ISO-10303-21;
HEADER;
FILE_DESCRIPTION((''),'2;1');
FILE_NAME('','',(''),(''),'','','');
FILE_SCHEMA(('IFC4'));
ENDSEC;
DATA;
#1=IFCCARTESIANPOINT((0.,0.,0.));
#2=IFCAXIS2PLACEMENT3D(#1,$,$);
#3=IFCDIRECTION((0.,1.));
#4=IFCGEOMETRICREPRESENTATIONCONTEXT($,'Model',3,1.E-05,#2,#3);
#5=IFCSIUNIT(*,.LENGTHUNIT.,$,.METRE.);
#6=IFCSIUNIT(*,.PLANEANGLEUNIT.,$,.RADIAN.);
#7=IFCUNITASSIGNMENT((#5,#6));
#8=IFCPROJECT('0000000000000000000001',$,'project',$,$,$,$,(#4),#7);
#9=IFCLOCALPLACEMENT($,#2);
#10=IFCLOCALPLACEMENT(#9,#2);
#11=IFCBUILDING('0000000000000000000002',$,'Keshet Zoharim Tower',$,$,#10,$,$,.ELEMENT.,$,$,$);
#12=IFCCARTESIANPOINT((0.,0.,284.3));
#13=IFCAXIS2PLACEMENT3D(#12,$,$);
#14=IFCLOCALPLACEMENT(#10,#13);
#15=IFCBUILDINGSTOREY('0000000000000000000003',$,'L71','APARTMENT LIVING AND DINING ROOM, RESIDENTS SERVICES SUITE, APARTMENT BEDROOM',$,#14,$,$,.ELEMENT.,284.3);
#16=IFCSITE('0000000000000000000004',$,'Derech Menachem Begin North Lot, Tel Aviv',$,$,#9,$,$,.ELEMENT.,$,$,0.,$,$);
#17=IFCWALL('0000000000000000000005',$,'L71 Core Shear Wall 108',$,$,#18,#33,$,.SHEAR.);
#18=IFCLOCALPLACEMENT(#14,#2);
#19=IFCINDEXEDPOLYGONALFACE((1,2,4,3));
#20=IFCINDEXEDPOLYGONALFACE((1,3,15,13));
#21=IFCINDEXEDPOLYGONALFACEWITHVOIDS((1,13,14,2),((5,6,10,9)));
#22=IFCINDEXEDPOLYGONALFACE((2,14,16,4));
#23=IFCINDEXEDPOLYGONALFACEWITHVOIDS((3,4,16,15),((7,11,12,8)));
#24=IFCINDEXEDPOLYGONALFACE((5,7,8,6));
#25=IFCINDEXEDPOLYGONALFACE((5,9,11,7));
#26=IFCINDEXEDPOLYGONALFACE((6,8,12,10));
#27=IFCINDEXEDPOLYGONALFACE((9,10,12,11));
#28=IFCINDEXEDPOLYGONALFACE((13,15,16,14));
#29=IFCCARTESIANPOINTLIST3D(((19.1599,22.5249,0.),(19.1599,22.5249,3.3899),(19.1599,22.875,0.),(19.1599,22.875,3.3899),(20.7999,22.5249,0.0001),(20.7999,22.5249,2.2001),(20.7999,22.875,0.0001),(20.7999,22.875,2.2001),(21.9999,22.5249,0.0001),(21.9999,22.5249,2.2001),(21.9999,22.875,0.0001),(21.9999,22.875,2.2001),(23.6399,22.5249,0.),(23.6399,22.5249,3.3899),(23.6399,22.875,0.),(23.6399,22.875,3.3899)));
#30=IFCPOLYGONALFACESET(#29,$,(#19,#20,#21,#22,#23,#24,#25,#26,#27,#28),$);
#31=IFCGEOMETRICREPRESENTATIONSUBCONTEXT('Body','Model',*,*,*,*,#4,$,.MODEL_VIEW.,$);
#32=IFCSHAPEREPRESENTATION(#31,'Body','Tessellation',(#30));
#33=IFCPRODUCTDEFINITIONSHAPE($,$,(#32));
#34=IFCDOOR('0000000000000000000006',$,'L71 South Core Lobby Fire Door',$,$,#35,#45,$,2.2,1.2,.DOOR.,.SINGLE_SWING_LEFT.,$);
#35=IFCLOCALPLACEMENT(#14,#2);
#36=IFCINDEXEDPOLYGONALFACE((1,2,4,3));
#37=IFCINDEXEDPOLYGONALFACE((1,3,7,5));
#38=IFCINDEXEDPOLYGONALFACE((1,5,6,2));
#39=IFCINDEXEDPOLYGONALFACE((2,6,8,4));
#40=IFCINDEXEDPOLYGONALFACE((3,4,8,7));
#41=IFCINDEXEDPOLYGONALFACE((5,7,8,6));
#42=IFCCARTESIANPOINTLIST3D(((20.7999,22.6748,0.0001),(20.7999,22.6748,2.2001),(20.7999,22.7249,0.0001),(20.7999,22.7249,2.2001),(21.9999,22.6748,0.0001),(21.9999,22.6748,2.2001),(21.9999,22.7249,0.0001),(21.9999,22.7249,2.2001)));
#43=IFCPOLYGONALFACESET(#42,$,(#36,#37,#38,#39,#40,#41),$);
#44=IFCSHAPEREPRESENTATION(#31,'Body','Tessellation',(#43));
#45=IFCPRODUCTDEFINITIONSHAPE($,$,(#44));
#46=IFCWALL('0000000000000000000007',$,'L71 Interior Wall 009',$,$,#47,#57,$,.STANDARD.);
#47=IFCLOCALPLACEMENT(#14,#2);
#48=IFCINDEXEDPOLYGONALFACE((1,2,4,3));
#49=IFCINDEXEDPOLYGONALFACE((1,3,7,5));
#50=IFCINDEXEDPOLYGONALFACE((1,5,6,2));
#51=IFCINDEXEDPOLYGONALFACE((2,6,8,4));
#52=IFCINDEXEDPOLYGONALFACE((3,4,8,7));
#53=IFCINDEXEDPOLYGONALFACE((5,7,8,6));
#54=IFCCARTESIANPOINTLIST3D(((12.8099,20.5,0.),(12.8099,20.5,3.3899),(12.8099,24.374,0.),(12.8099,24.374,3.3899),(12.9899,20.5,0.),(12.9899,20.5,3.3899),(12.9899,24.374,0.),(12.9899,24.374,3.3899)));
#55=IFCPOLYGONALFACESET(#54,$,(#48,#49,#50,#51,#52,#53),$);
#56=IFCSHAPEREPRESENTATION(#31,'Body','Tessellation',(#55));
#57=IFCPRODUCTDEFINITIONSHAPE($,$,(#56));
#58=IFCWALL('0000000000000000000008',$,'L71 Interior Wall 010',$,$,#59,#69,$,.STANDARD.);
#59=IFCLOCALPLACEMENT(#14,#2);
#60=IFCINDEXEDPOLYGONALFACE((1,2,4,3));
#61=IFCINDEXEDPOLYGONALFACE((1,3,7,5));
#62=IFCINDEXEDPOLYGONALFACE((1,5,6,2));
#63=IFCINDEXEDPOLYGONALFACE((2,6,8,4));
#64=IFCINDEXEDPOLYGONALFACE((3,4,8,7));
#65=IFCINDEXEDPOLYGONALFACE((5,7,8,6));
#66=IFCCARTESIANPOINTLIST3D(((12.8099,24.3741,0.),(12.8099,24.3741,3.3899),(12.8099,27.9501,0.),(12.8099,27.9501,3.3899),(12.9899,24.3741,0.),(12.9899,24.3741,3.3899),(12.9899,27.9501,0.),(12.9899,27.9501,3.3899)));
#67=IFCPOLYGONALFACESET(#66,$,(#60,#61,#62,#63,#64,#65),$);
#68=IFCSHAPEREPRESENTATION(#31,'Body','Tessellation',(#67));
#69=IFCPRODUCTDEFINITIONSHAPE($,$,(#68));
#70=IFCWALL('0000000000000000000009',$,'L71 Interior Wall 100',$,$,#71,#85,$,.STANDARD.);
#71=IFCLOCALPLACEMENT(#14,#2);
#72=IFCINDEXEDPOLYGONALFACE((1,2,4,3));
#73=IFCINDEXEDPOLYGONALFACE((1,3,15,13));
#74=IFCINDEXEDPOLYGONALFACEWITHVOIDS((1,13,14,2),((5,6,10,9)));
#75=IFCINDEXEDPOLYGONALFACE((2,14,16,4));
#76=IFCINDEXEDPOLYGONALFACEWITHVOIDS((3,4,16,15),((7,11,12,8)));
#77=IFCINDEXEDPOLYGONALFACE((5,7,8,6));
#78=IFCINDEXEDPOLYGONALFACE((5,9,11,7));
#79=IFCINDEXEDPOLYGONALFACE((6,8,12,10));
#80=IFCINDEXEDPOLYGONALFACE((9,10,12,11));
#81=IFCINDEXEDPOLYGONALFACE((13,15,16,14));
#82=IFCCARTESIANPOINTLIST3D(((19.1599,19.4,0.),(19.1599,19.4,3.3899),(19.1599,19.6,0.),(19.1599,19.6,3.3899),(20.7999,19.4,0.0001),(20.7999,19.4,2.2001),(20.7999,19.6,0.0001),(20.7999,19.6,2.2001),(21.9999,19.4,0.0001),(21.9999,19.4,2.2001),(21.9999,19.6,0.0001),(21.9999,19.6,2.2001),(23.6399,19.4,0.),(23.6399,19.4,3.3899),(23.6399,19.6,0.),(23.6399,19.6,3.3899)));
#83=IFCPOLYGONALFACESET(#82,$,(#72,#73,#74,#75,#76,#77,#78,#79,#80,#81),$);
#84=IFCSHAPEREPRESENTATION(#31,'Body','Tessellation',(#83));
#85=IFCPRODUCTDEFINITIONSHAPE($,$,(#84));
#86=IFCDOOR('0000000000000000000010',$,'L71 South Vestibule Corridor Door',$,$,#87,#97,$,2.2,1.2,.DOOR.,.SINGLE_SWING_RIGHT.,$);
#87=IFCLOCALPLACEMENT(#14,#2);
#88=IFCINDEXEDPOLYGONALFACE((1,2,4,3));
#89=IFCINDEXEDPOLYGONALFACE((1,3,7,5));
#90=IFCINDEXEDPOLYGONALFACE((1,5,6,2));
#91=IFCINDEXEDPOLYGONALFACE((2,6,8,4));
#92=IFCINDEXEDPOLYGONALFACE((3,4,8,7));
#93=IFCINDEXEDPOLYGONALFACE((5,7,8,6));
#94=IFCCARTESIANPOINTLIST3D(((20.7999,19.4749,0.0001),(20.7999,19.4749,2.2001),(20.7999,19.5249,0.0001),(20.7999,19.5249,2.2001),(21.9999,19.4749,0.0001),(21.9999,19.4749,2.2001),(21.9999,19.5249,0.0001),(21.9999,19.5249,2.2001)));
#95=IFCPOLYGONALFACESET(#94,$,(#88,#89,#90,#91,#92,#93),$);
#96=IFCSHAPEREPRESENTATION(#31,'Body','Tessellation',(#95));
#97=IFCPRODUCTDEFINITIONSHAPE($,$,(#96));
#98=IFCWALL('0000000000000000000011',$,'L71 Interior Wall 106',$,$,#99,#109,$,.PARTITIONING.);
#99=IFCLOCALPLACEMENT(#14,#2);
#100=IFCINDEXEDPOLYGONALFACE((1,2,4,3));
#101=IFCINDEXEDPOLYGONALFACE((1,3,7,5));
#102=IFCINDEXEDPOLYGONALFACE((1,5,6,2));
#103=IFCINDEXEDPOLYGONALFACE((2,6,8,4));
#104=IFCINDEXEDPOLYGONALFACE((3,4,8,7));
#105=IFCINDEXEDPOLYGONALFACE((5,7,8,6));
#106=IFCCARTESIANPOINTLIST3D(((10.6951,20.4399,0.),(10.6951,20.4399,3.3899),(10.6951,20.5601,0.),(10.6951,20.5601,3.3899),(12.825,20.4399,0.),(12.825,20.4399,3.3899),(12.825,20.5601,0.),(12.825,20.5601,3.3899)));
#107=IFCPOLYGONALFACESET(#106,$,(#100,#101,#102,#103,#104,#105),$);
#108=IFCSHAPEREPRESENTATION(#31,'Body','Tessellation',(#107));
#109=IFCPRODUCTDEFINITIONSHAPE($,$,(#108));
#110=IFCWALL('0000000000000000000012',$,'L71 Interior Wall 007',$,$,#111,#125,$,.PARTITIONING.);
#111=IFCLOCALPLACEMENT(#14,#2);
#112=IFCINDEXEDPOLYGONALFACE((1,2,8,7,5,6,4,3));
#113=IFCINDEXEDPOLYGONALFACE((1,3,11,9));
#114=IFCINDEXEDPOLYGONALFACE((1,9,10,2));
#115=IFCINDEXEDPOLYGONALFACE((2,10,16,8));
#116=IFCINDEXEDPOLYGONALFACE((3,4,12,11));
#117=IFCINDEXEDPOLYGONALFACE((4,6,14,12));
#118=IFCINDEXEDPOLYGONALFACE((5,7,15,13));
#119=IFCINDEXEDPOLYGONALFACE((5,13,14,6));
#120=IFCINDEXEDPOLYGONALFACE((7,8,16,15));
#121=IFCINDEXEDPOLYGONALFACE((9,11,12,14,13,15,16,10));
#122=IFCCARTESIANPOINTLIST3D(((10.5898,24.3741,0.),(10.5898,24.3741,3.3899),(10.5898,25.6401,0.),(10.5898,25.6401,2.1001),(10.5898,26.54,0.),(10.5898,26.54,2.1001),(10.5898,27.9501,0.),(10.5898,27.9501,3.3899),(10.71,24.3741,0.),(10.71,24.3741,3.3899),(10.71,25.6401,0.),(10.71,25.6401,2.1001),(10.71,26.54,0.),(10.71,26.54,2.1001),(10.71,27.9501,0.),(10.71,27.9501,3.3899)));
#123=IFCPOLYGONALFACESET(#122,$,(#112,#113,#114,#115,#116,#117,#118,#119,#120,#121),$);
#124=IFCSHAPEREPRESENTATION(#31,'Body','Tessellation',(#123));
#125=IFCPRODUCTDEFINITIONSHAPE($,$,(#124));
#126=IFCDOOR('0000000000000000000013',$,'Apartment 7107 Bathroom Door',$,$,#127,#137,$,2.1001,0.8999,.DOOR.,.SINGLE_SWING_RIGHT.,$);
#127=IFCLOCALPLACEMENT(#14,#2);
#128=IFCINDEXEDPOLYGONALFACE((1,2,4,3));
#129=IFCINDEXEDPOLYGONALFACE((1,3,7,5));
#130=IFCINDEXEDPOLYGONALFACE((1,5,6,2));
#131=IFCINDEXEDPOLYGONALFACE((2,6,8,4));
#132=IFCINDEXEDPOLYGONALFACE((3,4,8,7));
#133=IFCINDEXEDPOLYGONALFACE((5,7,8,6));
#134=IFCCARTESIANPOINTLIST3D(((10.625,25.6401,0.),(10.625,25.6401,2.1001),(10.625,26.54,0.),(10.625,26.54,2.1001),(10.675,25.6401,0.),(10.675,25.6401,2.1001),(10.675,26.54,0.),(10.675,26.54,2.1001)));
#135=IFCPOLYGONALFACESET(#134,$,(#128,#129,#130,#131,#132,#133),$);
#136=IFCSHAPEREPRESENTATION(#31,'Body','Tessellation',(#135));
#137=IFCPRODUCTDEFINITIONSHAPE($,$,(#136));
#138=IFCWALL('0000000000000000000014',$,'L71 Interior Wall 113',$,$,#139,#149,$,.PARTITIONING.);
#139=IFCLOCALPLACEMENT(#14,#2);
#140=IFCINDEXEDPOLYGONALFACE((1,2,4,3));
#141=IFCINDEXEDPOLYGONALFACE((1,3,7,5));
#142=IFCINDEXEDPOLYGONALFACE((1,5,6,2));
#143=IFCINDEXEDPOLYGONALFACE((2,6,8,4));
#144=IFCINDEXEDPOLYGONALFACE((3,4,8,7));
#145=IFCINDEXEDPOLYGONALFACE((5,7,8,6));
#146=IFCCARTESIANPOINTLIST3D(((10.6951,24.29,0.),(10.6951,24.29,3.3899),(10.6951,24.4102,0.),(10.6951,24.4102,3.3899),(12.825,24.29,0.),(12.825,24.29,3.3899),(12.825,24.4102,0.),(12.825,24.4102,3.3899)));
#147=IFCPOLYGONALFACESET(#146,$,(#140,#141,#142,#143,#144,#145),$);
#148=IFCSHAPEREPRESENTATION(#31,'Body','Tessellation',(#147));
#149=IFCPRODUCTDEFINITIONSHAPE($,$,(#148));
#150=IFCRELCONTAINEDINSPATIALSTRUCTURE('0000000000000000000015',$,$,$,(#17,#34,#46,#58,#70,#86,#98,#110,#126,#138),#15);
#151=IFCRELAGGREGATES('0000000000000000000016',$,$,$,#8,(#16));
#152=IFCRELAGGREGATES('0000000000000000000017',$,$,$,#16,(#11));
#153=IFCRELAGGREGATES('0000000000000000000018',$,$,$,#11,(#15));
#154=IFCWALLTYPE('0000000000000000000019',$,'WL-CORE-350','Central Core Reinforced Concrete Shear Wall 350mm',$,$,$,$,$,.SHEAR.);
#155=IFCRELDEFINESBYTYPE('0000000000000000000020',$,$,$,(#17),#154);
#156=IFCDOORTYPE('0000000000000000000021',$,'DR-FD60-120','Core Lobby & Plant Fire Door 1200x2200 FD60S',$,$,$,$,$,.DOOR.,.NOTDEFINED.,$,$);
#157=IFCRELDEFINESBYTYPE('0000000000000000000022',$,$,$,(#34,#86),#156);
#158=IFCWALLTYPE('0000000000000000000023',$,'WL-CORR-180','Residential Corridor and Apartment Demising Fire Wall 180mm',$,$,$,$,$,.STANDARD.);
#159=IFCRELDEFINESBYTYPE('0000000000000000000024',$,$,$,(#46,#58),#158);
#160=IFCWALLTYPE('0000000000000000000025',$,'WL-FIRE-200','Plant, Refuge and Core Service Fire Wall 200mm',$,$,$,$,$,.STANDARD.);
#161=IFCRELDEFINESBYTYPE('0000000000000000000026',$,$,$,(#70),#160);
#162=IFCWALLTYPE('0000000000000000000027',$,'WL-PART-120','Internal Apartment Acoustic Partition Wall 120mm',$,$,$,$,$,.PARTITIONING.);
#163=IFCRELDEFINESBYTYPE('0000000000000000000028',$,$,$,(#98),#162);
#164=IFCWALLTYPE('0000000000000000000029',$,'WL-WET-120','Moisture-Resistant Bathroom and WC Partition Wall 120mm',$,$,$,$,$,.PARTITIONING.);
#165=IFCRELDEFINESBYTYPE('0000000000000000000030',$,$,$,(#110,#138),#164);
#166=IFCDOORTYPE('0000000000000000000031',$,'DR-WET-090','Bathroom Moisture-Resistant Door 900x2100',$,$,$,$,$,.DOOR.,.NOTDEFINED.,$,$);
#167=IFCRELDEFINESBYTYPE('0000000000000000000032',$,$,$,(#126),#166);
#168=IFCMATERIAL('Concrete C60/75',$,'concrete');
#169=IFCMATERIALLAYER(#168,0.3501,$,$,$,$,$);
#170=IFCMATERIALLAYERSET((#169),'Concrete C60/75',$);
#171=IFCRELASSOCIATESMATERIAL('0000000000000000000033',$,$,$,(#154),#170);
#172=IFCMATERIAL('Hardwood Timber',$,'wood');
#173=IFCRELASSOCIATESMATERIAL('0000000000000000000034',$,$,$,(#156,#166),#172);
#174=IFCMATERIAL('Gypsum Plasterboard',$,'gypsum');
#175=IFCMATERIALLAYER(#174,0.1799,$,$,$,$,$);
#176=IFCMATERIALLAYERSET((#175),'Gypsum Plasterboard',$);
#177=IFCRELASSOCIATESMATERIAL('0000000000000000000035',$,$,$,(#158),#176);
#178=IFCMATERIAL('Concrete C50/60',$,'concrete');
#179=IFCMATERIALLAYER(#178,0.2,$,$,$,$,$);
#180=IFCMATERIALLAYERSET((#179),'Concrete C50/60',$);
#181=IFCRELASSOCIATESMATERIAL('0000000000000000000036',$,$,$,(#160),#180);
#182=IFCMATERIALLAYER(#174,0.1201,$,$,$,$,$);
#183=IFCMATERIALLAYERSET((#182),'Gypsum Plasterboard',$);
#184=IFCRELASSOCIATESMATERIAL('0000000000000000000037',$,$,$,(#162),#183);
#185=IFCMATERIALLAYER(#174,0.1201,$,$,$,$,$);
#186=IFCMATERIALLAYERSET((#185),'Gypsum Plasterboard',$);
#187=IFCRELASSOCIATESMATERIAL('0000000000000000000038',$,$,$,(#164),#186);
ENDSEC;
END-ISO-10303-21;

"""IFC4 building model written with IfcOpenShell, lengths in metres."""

from ifc_helpers import new_model, si_unit, direction, frame, frame_2d, origin, place, context, subcontext, project, spatial, rectangle, extrude, material, layer, layer_set, type_object, element, fill, save


model = new_model("IFC4")

# Units and contexts
model_context = context("Model", 3, precision=1e-05, world=origin(), true_north=direction((0.0, 1.0)))
body_context = subcontext(model_context, "Body", "Model", "MODEL_VIEW")
ifc_project = project(units=[si_unit("LENGTHUNIT", "METRE"), si_unit("PLANEANGLEUNIT", "RADIAN")], contexts=[model_context])

# Site, building, storey
site_placement = place(None, origin())
site = spatial("IfcSite", under=ifc_project, at=site_placement, Name="Derech Menachem Begin North Lot, Tel Aviv", CompositionType="ELEMENT", RefElevation=0.0)
building_placement = place(site_placement, origin())
building = spatial("IfcBuilding", under=site, at=building_placement, Name="Keshet Zoharim Tower", CompositionType="ELEMENT")
storey_placement = place(building_placement, frame((0.0, 0.0, 284.3)))
storey = spatial("IfcBuildingStorey", under=building, at=storey_placement, Name="L71", Description="APARTMENT LIVING AND DINING ROOM, RESIDENTS SERVICES SUITE, APARTMENT BEDROOM", CompositionType="ELEMENT", Elevation=284.3)

# Shared definitions
ifc_material_1 = material(Name="Concrete C50/60", Category="concrete")

# Shared definitions
ifc_material_2 = material(Name="Concrete C60/75", Category="concrete")
ifc_layer_1 = layer(ifc_material_2, 0.3501)
ifc_layer_set_1 = layer_set([ifc_layer_1], Name="Concrete C60/75")
wall_type_1 = type_object("IfcWallType", Name="WL-CORE-350", Description="Central Core Reinforced Concrete Shear Wall 350mm", PredefinedType="SHEAR", material=ifc_layer_set_1)

# Shared definitions
ifc_material_3 = material(Name="Hardwood Timber", Category="wood")

# Wall, opening, door
wall_1_placement = place(storey_placement, frame((19.1599, 22.7, 0.0), z_axis=(0.0, 0.0, 1.0), x_axis=(1.0, 0.0, 0.0)))
wall_1 = element("IfcWall", 1, at=wall_1_placement, inside=storey, type_object=wall_type_1, Name="L71 Core Shear Wall 108", PredefinedType="SHEAR", context=body_context, shape_type="SweptSolid", body=[
    extrude(rectangle(XDim=4.48, YDim=0.3501, at=frame_2d((2.24, 0.0))), origin(), (0.0, 0.0, 1.0), 3.3899),
])
opening_1_placement = place(wall_1_placement, frame((1.6399, 0.0, 0.0)))
opening_1 = element("IfcOpeningElement", 2, at=opening_1_placement, cuts=wall_1, PredefinedType="OPENING", context=body_context, shape_type="SweptSolid", body=[
    extrude(rectangle(XDim=1.2, YDim=2.2, at=frame_2d((0.6001, 1.1001))), frame((0.0, 0.1851, 0.0), z_axis=(0.0, -1.0, 0.0), x_axis=(1.0, 0.0, 0.0)), (0.0, 0.0, 1.0), 0.3701),
])
door_type_1 = type_object("IfcDoorType", Name="DR-FD60-120", Description="Core Lobby & Plant Fire Door 1200x2200 FD60S", OperationType="NOTDEFINED", PredefinedType="DOOR", material=ifc_material_3)
door_1_placement = place(opening_1_placement, origin())
door_1 = element("IfcDoor", 3, at=door_1_placement, inside=storey, type_object=door_type_1, Name="L71 South Core Lobby Fire Door", OperationType="SINGLE_SWING_LEFT", OverallHeight=2.2, OverallWidth=1.2, PredefinedType="DOOR", context=body_context, shape_type="SweptSolid", body=[
    extrude(rectangle(XDim=1.2, YDim=2.2, at=frame_2d((0.6001, 1.1001))), frame((0.0, 0.0249, 0.0), z_axis=(0.0, -1.0, 0.0), x_axis=(1.0, 0.0, 0.0)), (0.0, 0.0, 1.0), 0.05),
])
fill(opening_1, door_1)

# Walls
ifc_material_4 = material(Name="Gypsum Plasterboard", Category="gypsum")
ifc_layer_2 = layer(ifc_material_4, 0.1799)
ifc_layer_set_2 = layer_set([ifc_layer_2], Name="Gypsum Plasterboard")
wall_type_2 = type_object("IfcWallType", Name="WL-CORR-180", Description="Residential Corridor and Apartment Demising Fire Wall 180mm", PredefinedType="STANDARD", material=ifc_layer_set_2)
wall_2_placement = place(storey_placement, frame((12.8999, 20.5, 0.0), z_axis=(0.0, 0.0, 1.0), x_axis=(0.0, 1.0, 0.0)))
element("IfcWall", 4, at=wall_2_placement, inside=storey, type_object=wall_type_2, Name="L71 Interior Wall 009", PredefinedType="STANDARD", context=body_context, shape_type="SweptSolid", body=[
    extrude(rectangle(XDim=3.874, YDim=0.1799, at=frame_2d((1.937, 0.0))), origin(), (0.0, 0.0, 1.0), 3.3899),
])
wall_3_placement = place(storey_placement, frame((12.8999, 24.374, 0.0), z_axis=(0.0, 0.0, 1.0), x_axis=(0.0, 1.0, 0.0)))
element("IfcWall", 5, at=wall_3_placement, inside=storey, type_object=wall_type_2, Name="L71 Interior Wall 010", PredefinedType="STANDARD", context=body_context, shape_type="SweptSolid", body=[
    extrude(rectangle(XDim=3.5759, YDim=0.1799, at=frame_2d((1.7881, 0.0))), origin(), (0.0, 0.0, 1.0), 3.3899),
])

# Wall, opening, door
ifc_layer_3 = layer(ifc_material_1, 0.2)
ifc_layer_set_3 = layer_set([ifc_layer_3], Name="Concrete C50/60")
wall_type_3 = type_object("IfcWallType", Name="WL-FIRE-200", Description="Plant, Refuge and Core Service Fire Wall 200mm", PredefinedType="STANDARD", material=ifc_layer_set_3)
wall_4_placement = place(storey_placement, frame((19.1599, 19.5, 0.0), z_axis=(0.0, 0.0, 1.0), x_axis=(1.0, 0.0, 0.0)))
wall_4 = element("IfcWall", 6, at=wall_4_placement, inside=storey, type_object=wall_type_3, Name="L71 Interior Wall 100", PredefinedType="STANDARD", context=body_context, shape_type="SweptSolid", body=[
    extrude(rectangle(XDim=4.48, YDim=0.2, at=frame_2d((2.24, 0.0))), origin(), (0.0, 0.0, 1.0), 3.3899),
])
opening_2_placement = place(wall_4_placement, frame((1.6399, 0.0, 0.0)))
opening_2 = element("IfcOpeningElement", 7, at=opening_2_placement, cuts=wall_4, PredefinedType="OPENING", context=body_context, shape_type="SweptSolid", body=[
    extrude(rectangle(XDim=1.2, YDim=2.2, at=frame_2d((0.6001, 1.1001))), frame((0.0, 0.1099, 0.0), z_axis=(0.0, -1.0, 0.0), x_axis=(1.0, 0.0, 0.0)), (0.0, 0.0, 1.0), 0.22),
])
door_2_placement = place(opening_2_placement, origin())
door_2 = element("IfcDoor", 8, at=door_2_placement, inside=storey, type_object=door_type_1, Name="L71 South Vestibule Corridor Door", OperationType="SINGLE_SWING_RIGHT", OverallHeight=2.2, OverallWidth=1.2, PredefinedType="DOOR", context=body_context, shape_type="SweptSolid", body=[
    extrude(rectangle(XDim=1.2, YDim=2.2, at=frame_2d((0.6001, 1.1001))), frame((0.0, 0.0249, 0.0), z_axis=(0.0, -1.0, 0.0), x_axis=(1.0, 0.0, 0.0)), (0.0, 0.0, 1.0), 0.05),
])
fill(opening_2, door_2)

# Wall
ifc_layer_4 = layer(ifc_material_4, 0.1201)
ifc_layer_set_4 = layer_set([ifc_layer_4], Name="Gypsum Plasterboard")
wall_type_4 = type_object("IfcWallType", Name="WL-PART-120", Description="Internal Apartment Acoustic Partition Wall 120mm", PredefinedType="PARTITIONING", material=ifc_layer_set_4)
wall_5_placement = place(storey_placement, frame((10.6951, 20.5, 0.0), z_axis=(0.0, 0.0, 1.0), x_axis=(1.0, 0.0, 0.0)))
element("IfcWall", 9, at=wall_5_placement, inside=storey, type_object=wall_type_4, Name="L71 Interior Wall 106", PredefinedType="PARTITIONING", context=body_context, shape_type="SweptSolid", body=[
    extrude(rectangle(XDim=2.1299, YDim=0.1201, at=frame_2d((1.0649, 0.0))), origin(), (0.0, 0.0, 1.0), 3.3899),
])

# Wall, opening, door
ifc_layer_5 = layer(ifc_material_4, 0.1201)
ifc_layer_set_5 = layer_set([ifc_layer_5], Name="Gypsum Plasterboard")
wall_type_5 = type_object("IfcWallType", Name="WL-WET-120", Description="Moisture-Resistant Bathroom and WC Partition Wall 120mm", PredefinedType="PARTITIONING", material=ifc_layer_set_5)
wall_6_placement = place(storey_placement, frame((10.6499, 24.374, 0.0), z_axis=(0.0, 0.0, 1.0), x_axis=(0.0, 1.0, 0.0)))
wall_6 = element("IfcWall", 10, at=wall_6_placement, inside=storey, type_object=wall_type_5, Name="L71 Interior Wall 007", PredefinedType="PARTITIONING", context=body_context, shape_type="SweptSolid", body=[
    extrude(rectangle(XDim=3.5759, YDim=0.1201, at=frame_2d((1.7881, 0.0))), origin(), (0.0, 0.0, 1.0), 3.3899),
])
opening_3_placement = place(wall_6_placement, frame((1.2661, 0.0, 0.0)))
opening_3 = element("IfcOpeningElement", 11, at=opening_3_placement, cuts=wall_6, PredefinedType="OPENING", context=body_context, shape_type="SweptSolid", body=[
    extrude(rectangle(XDim=0.8999, YDim=2.1001, at=frame_2d((0.45, 1.05))), frame((0.0, 0.0701, 0.0), z_axis=(0.0, -1.0, 0.0), x_axis=(1.0, 0.0, 0.0)), (0.0, 0.0, 1.0), 0.1401),
])
door_type_2 = type_object("IfcDoorType", Name="DR-WET-090", Description="Bathroom Moisture-Resistant Door 900x2100", OperationType="NOTDEFINED", PredefinedType="DOOR", material=ifc_material_3)
door_3_placement = place(opening_3_placement, origin())
door_3 = element("IfcDoor", 12, at=door_3_placement, inside=storey, type_object=door_type_2, Name="Apartment 7107 Bathroom Door", OperationType="SINGLE_SWING_RIGHT", OverallHeight=2.1001, OverallWidth=0.8999, PredefinedType="DOOR", context=body_context, shape_type="SweptSolid", body=[
    extrude(rectangle(XDim=0.8999, YDim=2.1001, at=frame_2d((0.45, 1.05))), frame((0.0, 0.0249, 0.0), z_axis=(0.0, -1.0, 0.0), x_axis=(1.0, 0.0, 0.0)), (0.0, 0.0, 1.0), 0.05),
])
fill(opening_3, door_3)

# Wall
wall_7_placement = place(storey_placement, frame((10.6951, 24.3501, 0.0), z_axis=(0.0, 0.0, 1.0), x_axis=(1.0, 0.0, 0.0)))
element("IfcWall", 13, at=wall_7_placement, inside=storey, type_object=wall_type_5, Name="L71 Interior Wall 113", PredefinedType="PARTITIONING", context=body_context, shape_type="SweptSolid", body=[
    extrude(rectangle(XDim=2.1299, YDim=0.1201, at=frame_2d((1.0649, 0.0))), origin(), (0.0, 0.0, 1.0), 3.3899),
])

save(model, "model.ifc")
